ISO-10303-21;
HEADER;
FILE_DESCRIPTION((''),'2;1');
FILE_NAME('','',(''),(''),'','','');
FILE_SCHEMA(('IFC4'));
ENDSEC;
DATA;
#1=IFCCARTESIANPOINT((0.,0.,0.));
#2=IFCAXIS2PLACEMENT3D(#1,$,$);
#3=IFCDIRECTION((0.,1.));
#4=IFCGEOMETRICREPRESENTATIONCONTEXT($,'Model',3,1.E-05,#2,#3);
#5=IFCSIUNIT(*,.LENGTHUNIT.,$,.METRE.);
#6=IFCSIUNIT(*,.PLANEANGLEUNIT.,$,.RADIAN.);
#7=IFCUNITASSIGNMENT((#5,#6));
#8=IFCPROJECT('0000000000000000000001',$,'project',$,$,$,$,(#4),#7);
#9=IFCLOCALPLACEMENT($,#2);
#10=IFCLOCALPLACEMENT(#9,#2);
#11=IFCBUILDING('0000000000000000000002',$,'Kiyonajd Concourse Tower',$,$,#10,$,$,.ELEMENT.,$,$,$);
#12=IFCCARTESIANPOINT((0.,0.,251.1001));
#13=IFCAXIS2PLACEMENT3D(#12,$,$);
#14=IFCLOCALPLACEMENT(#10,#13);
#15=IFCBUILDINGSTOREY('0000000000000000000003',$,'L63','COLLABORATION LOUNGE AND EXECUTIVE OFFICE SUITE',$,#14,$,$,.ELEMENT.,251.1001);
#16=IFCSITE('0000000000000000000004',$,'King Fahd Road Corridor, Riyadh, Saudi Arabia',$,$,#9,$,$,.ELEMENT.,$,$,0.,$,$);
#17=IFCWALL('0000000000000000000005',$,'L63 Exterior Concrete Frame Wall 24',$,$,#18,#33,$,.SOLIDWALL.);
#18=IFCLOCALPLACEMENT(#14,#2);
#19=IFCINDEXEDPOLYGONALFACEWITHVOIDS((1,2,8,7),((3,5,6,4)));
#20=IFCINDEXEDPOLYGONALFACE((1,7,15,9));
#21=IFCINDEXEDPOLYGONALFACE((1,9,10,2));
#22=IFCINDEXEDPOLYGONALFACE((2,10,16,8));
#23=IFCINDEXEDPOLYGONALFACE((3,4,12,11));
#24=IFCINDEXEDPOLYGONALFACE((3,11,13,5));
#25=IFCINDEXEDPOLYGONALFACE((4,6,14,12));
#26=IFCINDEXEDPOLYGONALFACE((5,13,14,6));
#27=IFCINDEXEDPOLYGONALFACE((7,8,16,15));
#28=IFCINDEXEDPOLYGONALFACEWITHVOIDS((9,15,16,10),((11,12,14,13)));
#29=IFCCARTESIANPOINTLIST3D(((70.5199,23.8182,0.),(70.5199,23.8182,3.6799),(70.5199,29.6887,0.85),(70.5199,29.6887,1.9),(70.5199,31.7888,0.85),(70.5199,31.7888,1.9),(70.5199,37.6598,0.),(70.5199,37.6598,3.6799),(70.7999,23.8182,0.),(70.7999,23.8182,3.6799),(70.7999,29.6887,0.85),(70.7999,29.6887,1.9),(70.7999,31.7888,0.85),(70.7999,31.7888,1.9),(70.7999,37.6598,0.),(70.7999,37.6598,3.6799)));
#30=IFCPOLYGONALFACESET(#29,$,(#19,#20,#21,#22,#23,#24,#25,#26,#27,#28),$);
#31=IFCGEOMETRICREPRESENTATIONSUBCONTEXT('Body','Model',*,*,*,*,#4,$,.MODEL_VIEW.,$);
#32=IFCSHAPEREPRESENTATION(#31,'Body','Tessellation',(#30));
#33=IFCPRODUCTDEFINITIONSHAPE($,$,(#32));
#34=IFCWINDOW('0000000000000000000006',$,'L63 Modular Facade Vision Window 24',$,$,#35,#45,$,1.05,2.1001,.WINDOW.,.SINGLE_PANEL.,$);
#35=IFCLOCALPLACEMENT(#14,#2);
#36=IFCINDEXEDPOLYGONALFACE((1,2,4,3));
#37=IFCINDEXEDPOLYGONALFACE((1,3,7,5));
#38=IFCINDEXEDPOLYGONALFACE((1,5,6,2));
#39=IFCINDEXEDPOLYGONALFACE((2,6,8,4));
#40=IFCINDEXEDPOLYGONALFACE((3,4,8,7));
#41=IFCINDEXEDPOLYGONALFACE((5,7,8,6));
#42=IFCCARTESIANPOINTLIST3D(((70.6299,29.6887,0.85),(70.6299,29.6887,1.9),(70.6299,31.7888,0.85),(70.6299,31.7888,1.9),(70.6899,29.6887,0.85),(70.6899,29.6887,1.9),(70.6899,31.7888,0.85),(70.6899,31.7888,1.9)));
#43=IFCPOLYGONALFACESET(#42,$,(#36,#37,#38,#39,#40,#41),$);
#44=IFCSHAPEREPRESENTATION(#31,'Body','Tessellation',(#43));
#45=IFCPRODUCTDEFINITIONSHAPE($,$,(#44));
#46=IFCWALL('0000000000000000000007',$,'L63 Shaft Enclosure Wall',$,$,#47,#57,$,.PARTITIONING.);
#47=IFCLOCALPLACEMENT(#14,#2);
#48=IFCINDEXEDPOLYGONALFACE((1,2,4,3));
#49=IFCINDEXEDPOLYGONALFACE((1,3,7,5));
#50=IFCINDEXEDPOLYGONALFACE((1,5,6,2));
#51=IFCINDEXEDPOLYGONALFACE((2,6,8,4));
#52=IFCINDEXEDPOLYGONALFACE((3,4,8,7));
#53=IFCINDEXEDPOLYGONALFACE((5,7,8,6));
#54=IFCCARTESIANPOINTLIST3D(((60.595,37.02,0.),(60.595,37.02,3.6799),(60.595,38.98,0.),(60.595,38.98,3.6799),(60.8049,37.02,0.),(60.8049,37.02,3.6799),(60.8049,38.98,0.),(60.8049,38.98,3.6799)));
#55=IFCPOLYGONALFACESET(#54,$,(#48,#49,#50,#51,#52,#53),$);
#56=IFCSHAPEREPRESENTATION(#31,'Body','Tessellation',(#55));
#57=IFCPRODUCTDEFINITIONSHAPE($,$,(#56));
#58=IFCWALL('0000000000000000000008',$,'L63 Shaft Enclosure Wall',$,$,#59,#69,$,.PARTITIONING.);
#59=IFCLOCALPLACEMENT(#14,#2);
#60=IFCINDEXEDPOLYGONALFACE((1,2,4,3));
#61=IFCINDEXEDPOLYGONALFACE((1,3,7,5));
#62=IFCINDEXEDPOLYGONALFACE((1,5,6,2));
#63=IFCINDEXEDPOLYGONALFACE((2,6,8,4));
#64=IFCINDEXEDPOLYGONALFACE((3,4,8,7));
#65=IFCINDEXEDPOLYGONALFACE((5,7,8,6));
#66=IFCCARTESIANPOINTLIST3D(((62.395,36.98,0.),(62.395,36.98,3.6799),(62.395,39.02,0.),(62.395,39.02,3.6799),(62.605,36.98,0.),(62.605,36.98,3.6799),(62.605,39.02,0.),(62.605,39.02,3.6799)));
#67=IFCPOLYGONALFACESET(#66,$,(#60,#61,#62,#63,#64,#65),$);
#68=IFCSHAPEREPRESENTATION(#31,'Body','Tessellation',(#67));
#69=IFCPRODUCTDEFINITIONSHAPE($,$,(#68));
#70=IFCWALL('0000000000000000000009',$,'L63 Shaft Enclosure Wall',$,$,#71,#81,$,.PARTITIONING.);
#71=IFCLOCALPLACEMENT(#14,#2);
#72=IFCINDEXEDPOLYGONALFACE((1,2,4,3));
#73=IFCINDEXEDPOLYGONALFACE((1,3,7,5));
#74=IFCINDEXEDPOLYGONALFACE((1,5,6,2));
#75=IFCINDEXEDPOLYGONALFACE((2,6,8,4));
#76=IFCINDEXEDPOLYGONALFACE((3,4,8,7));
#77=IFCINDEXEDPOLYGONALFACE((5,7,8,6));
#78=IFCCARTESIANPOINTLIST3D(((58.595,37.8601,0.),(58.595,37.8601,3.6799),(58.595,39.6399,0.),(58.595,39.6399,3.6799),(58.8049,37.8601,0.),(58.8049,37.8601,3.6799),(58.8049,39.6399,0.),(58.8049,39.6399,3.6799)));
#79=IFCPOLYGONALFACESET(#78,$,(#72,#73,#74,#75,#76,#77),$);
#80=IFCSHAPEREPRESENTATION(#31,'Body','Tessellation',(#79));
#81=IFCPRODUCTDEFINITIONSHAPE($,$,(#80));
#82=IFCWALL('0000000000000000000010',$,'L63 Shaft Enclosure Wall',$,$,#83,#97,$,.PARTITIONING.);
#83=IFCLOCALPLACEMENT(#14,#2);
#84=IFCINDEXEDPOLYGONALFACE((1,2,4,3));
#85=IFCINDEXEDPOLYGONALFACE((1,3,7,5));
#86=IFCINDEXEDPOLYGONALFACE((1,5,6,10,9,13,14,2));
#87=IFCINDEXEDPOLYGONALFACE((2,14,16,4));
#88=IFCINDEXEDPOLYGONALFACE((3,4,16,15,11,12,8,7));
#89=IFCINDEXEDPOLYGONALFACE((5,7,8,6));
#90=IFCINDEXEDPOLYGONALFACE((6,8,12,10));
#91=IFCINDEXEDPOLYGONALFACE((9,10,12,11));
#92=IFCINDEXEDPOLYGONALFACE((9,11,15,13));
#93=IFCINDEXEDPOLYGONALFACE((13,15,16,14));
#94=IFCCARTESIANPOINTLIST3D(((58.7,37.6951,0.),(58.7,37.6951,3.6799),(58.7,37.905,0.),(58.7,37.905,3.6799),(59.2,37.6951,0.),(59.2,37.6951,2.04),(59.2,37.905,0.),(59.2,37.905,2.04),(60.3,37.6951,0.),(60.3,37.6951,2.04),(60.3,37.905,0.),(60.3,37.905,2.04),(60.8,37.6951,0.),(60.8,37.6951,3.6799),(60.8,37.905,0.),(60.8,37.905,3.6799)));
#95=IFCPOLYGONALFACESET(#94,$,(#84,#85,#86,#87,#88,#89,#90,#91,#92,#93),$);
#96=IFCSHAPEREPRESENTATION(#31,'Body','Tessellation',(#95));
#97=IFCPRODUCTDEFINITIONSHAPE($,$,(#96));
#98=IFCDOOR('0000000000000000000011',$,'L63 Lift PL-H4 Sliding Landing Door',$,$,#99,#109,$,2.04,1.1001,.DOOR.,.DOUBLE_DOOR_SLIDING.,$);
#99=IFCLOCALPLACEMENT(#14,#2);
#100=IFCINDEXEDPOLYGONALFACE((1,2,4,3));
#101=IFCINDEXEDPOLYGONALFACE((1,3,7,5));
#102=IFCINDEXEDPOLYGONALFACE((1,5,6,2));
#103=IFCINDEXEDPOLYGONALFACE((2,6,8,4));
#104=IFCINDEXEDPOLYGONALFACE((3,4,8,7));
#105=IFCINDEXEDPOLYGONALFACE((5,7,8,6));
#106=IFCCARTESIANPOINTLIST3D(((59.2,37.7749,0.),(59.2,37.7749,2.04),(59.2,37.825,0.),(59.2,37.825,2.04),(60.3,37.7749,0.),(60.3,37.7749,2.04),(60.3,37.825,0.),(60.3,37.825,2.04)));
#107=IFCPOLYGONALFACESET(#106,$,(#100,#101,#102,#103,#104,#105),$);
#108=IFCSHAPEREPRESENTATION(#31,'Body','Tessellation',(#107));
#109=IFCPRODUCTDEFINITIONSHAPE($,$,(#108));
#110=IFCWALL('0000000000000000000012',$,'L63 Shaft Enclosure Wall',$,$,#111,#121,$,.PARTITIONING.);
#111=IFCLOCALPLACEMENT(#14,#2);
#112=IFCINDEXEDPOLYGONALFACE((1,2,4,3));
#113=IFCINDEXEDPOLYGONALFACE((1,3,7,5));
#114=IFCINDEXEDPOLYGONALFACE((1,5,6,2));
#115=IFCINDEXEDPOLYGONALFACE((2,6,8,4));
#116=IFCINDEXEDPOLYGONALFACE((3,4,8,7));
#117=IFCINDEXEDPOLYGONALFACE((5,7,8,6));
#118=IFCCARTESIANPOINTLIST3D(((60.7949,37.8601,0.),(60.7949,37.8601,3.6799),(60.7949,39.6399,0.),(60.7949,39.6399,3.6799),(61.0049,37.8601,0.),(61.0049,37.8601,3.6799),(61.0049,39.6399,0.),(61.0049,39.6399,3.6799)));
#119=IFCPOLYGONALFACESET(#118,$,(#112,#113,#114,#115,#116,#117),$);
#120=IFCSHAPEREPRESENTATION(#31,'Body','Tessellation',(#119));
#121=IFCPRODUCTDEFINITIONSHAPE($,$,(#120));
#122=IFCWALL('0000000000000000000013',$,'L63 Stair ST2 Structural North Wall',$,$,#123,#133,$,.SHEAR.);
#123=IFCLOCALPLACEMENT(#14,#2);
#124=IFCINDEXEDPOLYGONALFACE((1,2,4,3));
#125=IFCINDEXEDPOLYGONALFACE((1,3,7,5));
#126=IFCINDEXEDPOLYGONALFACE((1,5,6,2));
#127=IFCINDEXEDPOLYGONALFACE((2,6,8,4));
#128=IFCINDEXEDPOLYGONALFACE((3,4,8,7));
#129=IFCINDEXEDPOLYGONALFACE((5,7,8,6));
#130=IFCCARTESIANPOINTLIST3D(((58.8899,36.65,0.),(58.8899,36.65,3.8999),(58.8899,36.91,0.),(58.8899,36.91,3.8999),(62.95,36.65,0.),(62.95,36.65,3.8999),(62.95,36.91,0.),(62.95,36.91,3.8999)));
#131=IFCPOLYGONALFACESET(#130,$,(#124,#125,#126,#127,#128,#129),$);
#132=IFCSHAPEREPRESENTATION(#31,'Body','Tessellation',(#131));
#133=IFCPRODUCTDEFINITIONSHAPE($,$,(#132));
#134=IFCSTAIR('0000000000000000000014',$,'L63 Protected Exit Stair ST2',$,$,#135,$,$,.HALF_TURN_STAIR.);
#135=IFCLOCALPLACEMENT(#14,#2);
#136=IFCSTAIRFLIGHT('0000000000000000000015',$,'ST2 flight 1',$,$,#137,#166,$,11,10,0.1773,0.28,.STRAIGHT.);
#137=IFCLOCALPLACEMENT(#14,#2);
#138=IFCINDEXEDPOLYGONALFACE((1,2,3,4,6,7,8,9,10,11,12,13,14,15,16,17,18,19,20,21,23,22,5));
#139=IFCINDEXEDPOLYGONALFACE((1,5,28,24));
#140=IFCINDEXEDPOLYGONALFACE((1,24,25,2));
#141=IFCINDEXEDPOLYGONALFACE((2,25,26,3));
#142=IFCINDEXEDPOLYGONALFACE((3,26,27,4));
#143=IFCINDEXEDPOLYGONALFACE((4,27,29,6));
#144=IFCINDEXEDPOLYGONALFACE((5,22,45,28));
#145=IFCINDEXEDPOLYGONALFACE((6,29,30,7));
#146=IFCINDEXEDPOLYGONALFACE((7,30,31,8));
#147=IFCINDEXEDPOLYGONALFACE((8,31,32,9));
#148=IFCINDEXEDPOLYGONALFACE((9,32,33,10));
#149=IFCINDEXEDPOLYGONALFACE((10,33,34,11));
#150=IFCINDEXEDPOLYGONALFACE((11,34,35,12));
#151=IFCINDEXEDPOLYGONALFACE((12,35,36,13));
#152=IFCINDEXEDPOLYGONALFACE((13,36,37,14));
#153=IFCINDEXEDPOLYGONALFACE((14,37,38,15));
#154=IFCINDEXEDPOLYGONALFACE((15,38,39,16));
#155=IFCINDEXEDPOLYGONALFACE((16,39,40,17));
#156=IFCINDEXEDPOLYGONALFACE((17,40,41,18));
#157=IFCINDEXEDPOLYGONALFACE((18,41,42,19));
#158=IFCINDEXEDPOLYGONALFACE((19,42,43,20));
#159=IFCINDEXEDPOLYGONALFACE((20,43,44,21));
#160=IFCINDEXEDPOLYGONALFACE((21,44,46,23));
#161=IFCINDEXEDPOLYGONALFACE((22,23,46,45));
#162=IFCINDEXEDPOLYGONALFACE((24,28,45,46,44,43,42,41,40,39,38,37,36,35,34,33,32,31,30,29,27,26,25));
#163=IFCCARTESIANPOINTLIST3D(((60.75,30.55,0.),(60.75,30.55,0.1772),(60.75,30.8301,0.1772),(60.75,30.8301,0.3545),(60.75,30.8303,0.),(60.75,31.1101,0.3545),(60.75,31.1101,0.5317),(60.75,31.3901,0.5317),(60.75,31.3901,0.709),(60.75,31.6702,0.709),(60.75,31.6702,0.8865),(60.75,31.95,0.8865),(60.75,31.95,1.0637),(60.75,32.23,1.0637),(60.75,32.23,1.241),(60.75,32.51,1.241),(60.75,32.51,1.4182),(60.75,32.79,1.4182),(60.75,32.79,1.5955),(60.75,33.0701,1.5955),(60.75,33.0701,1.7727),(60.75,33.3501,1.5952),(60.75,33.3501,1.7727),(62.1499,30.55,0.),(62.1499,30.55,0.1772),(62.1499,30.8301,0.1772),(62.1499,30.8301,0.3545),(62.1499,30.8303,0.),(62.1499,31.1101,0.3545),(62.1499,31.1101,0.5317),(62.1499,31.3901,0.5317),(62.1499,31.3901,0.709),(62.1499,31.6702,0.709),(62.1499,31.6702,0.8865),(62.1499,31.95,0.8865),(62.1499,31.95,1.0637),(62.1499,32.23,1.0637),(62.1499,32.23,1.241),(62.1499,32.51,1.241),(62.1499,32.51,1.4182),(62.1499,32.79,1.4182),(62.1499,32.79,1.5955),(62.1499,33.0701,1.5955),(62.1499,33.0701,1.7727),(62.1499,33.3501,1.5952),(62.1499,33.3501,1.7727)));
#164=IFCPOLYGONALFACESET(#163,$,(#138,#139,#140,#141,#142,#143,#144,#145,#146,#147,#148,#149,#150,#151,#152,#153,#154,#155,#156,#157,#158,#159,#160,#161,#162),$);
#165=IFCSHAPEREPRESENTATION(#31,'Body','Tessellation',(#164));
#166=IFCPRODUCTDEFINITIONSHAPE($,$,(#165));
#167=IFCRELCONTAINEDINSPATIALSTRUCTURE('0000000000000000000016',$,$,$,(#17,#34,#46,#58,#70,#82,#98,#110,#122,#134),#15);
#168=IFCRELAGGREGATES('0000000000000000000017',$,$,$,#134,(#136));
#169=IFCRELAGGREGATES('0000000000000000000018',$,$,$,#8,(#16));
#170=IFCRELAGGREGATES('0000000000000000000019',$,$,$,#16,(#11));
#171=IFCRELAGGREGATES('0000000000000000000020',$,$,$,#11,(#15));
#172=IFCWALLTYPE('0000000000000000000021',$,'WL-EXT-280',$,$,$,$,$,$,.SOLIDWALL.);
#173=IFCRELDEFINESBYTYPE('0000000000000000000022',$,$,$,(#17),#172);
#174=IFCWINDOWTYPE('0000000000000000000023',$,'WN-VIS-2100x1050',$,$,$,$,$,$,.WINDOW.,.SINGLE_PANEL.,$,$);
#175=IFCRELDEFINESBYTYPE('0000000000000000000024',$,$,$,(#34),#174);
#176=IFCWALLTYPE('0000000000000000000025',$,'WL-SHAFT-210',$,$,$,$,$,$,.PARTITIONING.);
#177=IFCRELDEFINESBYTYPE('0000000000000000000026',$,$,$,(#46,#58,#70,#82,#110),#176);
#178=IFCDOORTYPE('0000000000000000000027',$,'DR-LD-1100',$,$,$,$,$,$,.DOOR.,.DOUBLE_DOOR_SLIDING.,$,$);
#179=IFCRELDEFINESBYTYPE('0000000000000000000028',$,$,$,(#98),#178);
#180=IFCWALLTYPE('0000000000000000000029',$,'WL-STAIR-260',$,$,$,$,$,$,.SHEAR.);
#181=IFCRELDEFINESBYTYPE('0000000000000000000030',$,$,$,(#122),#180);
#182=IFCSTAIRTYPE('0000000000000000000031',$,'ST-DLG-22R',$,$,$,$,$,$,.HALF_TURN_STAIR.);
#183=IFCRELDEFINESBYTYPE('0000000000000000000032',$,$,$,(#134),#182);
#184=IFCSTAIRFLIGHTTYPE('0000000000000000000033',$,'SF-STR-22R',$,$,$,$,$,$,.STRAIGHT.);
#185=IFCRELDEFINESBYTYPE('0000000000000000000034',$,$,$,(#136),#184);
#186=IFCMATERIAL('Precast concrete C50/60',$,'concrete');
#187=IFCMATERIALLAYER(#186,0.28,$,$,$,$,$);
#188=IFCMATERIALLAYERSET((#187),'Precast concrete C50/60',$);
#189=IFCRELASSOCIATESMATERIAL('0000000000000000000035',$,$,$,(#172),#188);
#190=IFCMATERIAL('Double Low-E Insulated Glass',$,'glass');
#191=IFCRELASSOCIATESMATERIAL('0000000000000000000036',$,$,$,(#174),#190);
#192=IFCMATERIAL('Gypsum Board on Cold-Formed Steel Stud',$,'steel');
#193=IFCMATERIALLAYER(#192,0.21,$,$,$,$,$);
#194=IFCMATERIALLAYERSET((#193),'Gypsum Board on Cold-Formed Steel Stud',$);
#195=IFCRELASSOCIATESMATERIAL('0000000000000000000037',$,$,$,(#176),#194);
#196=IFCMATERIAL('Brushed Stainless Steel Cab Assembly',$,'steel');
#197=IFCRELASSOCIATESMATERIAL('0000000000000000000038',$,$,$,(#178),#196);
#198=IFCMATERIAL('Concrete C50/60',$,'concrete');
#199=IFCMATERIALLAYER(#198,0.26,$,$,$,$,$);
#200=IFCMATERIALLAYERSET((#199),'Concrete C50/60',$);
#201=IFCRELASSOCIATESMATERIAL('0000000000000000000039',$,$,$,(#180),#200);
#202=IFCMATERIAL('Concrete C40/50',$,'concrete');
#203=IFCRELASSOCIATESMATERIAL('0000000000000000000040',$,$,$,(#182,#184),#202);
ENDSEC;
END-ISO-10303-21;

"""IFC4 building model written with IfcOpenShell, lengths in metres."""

from ifc_helpers import new_model, si_unit, direction, frame, frame_2d, origin, place, context, subcontext, project, spatial, polyline, rectangle, outline, extrude, material, layer, layer_set, type_object, element, fill, aggregate, save


model = new_model("IFC4")

# Units and contexts
model_context = context("Model", 3, precision=1e-05, world=origin(), true_north=direction((0.0, 1.0)))
body_context = subcontext(model_context, "Body", "Model", "MODEL_VIEW")
ifc_project = project(units=[si_unit("LENGTHUNIT", "METRE"), si_unit("PLANEANGLEUNIT", "RADIAN")], contexts=[model_context])

# Site, building, storey
site_placement = place(None, origin())
site = spatial("IfcSite", under=ifc_project, at=site_placement, Name="King Fahd Road Corridor, Riyadh, Saudi Arabia", CompositionType="ELEMENT", RefElevation=0.0)
building_placement = place(site_placement, origin())
building = spatial("IfcBuilding", under=site, at=building_placement, Name="Kiyonajd Concourse Tower", CompositionType="ELEMENT")
storey_placement = place(building_placement, frame((0.0, 0.0, 251.1001)))
storey = spatial("IfcBuildingStorey", under=building, at=storey_placement, Name="L63", Description="COLLABORATION LOUNGE AND EXECUTIVE OFFICE SUITE", CompositionType="ELEMENT", Elevation=251.1001)

# Shared definitions
ifc_material_1 = material(Name="Concrete C50/60", Category="concrete")

# Shared definitions
ifc_material_2 = material(Name="Precast concrete C50/60", Category="concrete")
ifc_layer_1 = layer(ifc_material_2, 0.28)
ifc_layer_set_1 = layer_set([ifc_layer_1], Name="Precast concrete C50/60")
wall_type_1 = type_object("IfcWallType", Name="WL-EXT-280", PredefinedType="SOLIDWALL", material=ifc_layer_set_1)

# Wall, opening, window
wall_1_placement = place(storey_placement, frame((70.6599, 37.6599, 0.0), z_axis=(0.0, 0.0, 1.0), x_axis=(0.0, -1.0, 0.0)))
wall_1 = element("IfcWall", 1, at=wall_1_placement, inside=storey, type_object=wall_type_1, Name="L63 Exterior Concrete Frame Wall 24", PredefinedType="SOLIDWALL", context=body_context, shape_type="SweptSolid", body=[
    extrude(rectangle(XDim=13.8416, YDim=0.28, at=frame_2d((6.9209, 0.0))), origin(), (0.0, 0.0, 1.0), 3.6799),
])
opening_1_placement = place(wall_1_placement, frame((5.8711, 0.0, 0.8501)))
opening_1 = element("IfcOpeningElement", 2, at=opening_1_placement, cuts=wall_1, PredefinedType="OPENING", context=body_context, shape_type="SweptSolid", body=[
    extrude(rectangle(XDim=2.1001, YDim=1.05, at=frame_2d((1.05, 0.5249))), frame((0.0, 0.1499, 0.0), z_axis=(0.0, -1.0, 0.0), x_axis=(1.0, 0.0, 0.0)), (0.0, 0.0, 1.0), 0.3),
])
ifc_material_3 = material(Name="Double Low-E Insulated Glass", Category="glass")
window_type = type_object("IfcWindowType", Name="WN-VIS-2100x1050", PartitioningType="SINGLE_PANEL", PredefinedType="WINDOW", material=ifc_material_3)
window_placement = place(opening_1_placement, origin())
window = element("IfcWindow", 3, at=window_placement, inside=storey, type_object=window_type, Name="L63 Modular Facade Vision Window 24", OverallHeight=1.05, OverallWidth=2.1001, PartitioningType="SINGLE_PANEL", PredefinedType="WINDOW", context=body_context, shape_type="SweptSolid", body=[
    extrude(rectangle(XDim=2.1001, YDim=1.05, at=frame_2d((1.05, 0.5249))), frame((0.0, 0.03, 0.0), z_axis=(0.0, -1.0, 0.0), x_axis=(1.0, 0.0, 0.0)), (0.0, 0.0, 1.0), 0.0601),
])
fill(opening_1, window)

# Walls
ifc_material_4 = material(Name="Gypsum Board on Cold-Formed Steel Stud", Category="steel")
ifc_layer_2 = layer(ifc_material_4, 0.21)
ifc_layer_set_2 = layer_set([ifc_layer_2], Name="Gypsum Board on Cold-Formed Steel Stud")
wall_type_2 = type_object("IfcWallType", Name="WL-SHAFT-210", PredefinedType="PARTITIONING", material=ifc_layer_set_2)
wall_2_placement = place(storey_placement, frame((60.7, 37.02, 0.0), z_axis=(0.0, 0.0, 1.0), x_axis=(0.0, 1.0, 0.0)))
element("IfcWall", 4, at=wall_2_placement, inside=storey, type_object=wall_type_2, Name="L63 Shaft Enclosure Wall", PredefinedType="PARTITIONING", context=body_context, shape_type="SweptSolid", body=[
    extrude(rectangle(XDim=1.96, YDim=0.21, at=frame_2d((0.98, 0.0))), origin(), (0.0, 0.0, 1.0), 3.6799),
])
wall_3_placement = place(storey_placement, frame((62.5, 36.98, 0.0), z_axis=(0.0, 0.0, 1.0), x_axis=(0.0, 1.0, 0.0)))
element("IfcWall", 5, at=wall_3_placement, inside=storey, type_object=wall_type_2, Name="L63 Shaft Enclosure Wall", PredefinedType="PARTITIONING", context=body_context, shape_type="SweptSolid", body=[
    extrude(rectangle(XDim=2.04, YDim=0.21, at=frame_2d((1.02, 0.0))), origin(), (0.0, 0.0, 1.0), 3.6799),
])
wall_4_placement = place(storey_placement, frame((58.7, 37.8601, 0.0), z_axis=(0.0, 0.0, 1.0), x_axis=(0.0, 1.0, 0.0)))
element("IfcWall", 6, at=wall_4_placement, inside=storey, type_object=wall_type_2, Name="L63 Shaft Enclosure Wall", PredefinedType="PARTITIONING", context=body_context, shape_type="SweptSolid", body=[
    extrude(rectangle(XDim=1.7798, YDim=0.21, at=frame_2d((0.8899, 0.0))), origin(), (0.0, 0.0, 1.0), 3.6799),
])

# Wall, opening, door
wall_5_placement = place(storey_placement, frame((58.7, 37.8, 0.0), z_axis=(0.0, 0.0, 1.0), x_axis=(1.0, 0.0, 0.0)))
wall_5 = element("IfcWall", 7, at=wall_5_placement, inside=storey, type_object=wall_type_2, Name="L63 Shaft Enclosure Wall", PredefinedType="PARTITIONING", context=body_context, shape_type="SweptSolid", body=[
    extrude(rectangle(XDim=2.1001, YDim=0.21, at=frame_2d((1.05, 0.0))), origin(), (0.0, 0.0, 1.0), 3.6799),
])
opening_2_placement = place(wall_5_placement, frame((0.5, 0.0, 0.0)))
opening_2 = element("IfcOpeningElement", 8, at=opening_2_placement, cuts=wall_5, PredefinedType="OPENING", context=body_context, shape_type="SweptSolid", body=[
    extrude(rectangle(XDim=1.1001, YDim=2.04, at=frame_2d((0.55, 1.02))), frame((0.0, 0.115, 0.0), z_axis=(0.0, -1.0, 0.0), x_axis=(1.0, 0.0, 0.0)), (0.0, 0.0, 1.0), 0.23),
])
ifc_material_5 = material(Name="Brushed Stainless Steel Cab Assembly", Category="steel")
door_type = type_object("IfcDoorType", Name="DR-LD-1100", OperationType="DOUBLE_DOOR_SLIDING", PredefinedType="DOOR", material=ifc_material_5)
door_placement = place(opening_2_placement, origin())
door = element("IfcDoor", 9, at=door_placement, inside=storey, type_object=door_type, Name="L63 Lift PL-H4 Sliding Landing Door", OperationType="DOUBLE_DOOR_SLIDING", OverallHeight=2.04, OverallWidth=1.1001, PredefinedType="DOOR", context=body_context, shape_type="SweptSolid", body=[
    extrude(rectangle(XDim=1.1001, YDim=2.04, at=frame_2d((0.55, 1.02))), frame((0.0, 0.0249, 0.0), z_axis=(0.0, -1.0, 0.0), x_axis=(1.0, 0.0, 0.0)), (0.0, 0.0, 1.0), 0.05),
])
fill(opening_2, door)

# Walls
wall_6_placement = place(storey_placement, frame((60.8999, 37.8601, 0.0), z_axis=(0.0, 0.0, 1.0), x_axis=(0.0, 1.0, 0.0)))
element("IfcWall", 10, at=wall_6_placement, inside=storey, type_object=wall_type_2, Name="L63 Shaft Enclosure Wall", PredefinedType="PARTITIONING", context=body_context, shape_type="SweptSolid", body=[
    extrude(rectangle(XDim=1.7798, YDim=0.21, at=frame_2d((0.8899, 0.0))), origin(), (0.0, 0.0, 1.0), 3.6799),
])
ifc_layer_3 = layer(ifc_material_1, 0.26)
ifc_layer_set_3 = layer_set([ifc_layer_3], Name="Concrete C50/60")
wall_type_3 = type_object("IfcWallType", Name="WL-STAIR-260", PredefinedType="SHEAR", material=ifc_layer_set_3)
wall_7_placement = place(storey_placement, frame((58.8899, 36.78, 0.0), z_axis=(0.0, 0.0, 1.0), x_axis=(1.0, 0.0, 0.0)))
element("IfcWall", 11, at=wall_7_placement, inside=storey, type_object=wall_type_3, Name="L63 Stair ST2 Structural North Wall", PredefinedType="SHEAR", context=body_context, shape_type="SweptSolid", body=[
    extrude(rectangle(XDim=4.0601, YDim=0.26, at=frame_2d((2.03, 0.0))), origin(), (0.0, 0.0, 1.0), 3.8999),
])

# Stair, stair flight
ifc_material_6 = material(Name="Concrete C40/50", Category="concrete")
stair_type = type_object("IfcStairType", Name="ST-DLG-22R", PredefinedType="HALF_TURN_STAIR", material=ifc_material_6)
stair_placement = place(storey_placement, origin())
stair = element("IfcStair", 12, at=stair_placement, inside=storey, type_object=stair_type, Name="L63 Protected Exit Stair ST2", PredefinedType="HALF_TURN_STAIR")
stair_flight_type = type_object("IfcStairFlightType", Name="SF-STR-22R", PredefinedType="STRAIGHT", material=ifc_material_6)
stair_flight_1_placement = place(storey_placement, frame((61.45, 30.55, 0.0), z_axis=(0.0, 0.0, 1.0), x_axis=(0.0, 1.0, 0.0)))
stair_flight_1 = element("IfcStairFlight", 13, at=stair_flight_1_placement, type_object=stair_flight_type, Name="ST2 flight 1", NumberOfRisers=11, NumberOfTreads=10, PredefinedType="STRAIGHT", RiserHeight=0.1773, TreadLength=0.28, context=body_context, shape_type="SweptSolid", body=[
    extrude(outline(polyline([(0.0, 0.0), (0.0, 0.1772), (0.28, 0.1772), (0.28, 0.3545), (0.5601, 0.3545), (0.5601, 0.5317), (0.8401, 0.5317), (0.8401, 0.709), (1.1201, 0.709), (1.1201, 0.8865), (1.3999, 0.8865), (1.3999, 1.0637), (1.6799, 1.0637), (1.6799, 1.241), (1.96, 1.241), (1.96, 1.4182), (2.24, 1.4182), (2.24, 1.5955), (2.52, 1.5955), (2.52, 1.7727), (2.8, 1.7727), (2.8, 1.95), (2.8, 1.5952), (0.2803, 0.0), (0.0, 0.0)])), frame((0.0, 0.7, 0.0), z_axis=(0.0, -1.0, 0.0), x_axis=(1.0, 0.0, 0.0)), (0.0, 0.0, 1.0), 1.3999),
])
aggregate(stair, [stair_flight_1])

save(model, "model.ifc")
